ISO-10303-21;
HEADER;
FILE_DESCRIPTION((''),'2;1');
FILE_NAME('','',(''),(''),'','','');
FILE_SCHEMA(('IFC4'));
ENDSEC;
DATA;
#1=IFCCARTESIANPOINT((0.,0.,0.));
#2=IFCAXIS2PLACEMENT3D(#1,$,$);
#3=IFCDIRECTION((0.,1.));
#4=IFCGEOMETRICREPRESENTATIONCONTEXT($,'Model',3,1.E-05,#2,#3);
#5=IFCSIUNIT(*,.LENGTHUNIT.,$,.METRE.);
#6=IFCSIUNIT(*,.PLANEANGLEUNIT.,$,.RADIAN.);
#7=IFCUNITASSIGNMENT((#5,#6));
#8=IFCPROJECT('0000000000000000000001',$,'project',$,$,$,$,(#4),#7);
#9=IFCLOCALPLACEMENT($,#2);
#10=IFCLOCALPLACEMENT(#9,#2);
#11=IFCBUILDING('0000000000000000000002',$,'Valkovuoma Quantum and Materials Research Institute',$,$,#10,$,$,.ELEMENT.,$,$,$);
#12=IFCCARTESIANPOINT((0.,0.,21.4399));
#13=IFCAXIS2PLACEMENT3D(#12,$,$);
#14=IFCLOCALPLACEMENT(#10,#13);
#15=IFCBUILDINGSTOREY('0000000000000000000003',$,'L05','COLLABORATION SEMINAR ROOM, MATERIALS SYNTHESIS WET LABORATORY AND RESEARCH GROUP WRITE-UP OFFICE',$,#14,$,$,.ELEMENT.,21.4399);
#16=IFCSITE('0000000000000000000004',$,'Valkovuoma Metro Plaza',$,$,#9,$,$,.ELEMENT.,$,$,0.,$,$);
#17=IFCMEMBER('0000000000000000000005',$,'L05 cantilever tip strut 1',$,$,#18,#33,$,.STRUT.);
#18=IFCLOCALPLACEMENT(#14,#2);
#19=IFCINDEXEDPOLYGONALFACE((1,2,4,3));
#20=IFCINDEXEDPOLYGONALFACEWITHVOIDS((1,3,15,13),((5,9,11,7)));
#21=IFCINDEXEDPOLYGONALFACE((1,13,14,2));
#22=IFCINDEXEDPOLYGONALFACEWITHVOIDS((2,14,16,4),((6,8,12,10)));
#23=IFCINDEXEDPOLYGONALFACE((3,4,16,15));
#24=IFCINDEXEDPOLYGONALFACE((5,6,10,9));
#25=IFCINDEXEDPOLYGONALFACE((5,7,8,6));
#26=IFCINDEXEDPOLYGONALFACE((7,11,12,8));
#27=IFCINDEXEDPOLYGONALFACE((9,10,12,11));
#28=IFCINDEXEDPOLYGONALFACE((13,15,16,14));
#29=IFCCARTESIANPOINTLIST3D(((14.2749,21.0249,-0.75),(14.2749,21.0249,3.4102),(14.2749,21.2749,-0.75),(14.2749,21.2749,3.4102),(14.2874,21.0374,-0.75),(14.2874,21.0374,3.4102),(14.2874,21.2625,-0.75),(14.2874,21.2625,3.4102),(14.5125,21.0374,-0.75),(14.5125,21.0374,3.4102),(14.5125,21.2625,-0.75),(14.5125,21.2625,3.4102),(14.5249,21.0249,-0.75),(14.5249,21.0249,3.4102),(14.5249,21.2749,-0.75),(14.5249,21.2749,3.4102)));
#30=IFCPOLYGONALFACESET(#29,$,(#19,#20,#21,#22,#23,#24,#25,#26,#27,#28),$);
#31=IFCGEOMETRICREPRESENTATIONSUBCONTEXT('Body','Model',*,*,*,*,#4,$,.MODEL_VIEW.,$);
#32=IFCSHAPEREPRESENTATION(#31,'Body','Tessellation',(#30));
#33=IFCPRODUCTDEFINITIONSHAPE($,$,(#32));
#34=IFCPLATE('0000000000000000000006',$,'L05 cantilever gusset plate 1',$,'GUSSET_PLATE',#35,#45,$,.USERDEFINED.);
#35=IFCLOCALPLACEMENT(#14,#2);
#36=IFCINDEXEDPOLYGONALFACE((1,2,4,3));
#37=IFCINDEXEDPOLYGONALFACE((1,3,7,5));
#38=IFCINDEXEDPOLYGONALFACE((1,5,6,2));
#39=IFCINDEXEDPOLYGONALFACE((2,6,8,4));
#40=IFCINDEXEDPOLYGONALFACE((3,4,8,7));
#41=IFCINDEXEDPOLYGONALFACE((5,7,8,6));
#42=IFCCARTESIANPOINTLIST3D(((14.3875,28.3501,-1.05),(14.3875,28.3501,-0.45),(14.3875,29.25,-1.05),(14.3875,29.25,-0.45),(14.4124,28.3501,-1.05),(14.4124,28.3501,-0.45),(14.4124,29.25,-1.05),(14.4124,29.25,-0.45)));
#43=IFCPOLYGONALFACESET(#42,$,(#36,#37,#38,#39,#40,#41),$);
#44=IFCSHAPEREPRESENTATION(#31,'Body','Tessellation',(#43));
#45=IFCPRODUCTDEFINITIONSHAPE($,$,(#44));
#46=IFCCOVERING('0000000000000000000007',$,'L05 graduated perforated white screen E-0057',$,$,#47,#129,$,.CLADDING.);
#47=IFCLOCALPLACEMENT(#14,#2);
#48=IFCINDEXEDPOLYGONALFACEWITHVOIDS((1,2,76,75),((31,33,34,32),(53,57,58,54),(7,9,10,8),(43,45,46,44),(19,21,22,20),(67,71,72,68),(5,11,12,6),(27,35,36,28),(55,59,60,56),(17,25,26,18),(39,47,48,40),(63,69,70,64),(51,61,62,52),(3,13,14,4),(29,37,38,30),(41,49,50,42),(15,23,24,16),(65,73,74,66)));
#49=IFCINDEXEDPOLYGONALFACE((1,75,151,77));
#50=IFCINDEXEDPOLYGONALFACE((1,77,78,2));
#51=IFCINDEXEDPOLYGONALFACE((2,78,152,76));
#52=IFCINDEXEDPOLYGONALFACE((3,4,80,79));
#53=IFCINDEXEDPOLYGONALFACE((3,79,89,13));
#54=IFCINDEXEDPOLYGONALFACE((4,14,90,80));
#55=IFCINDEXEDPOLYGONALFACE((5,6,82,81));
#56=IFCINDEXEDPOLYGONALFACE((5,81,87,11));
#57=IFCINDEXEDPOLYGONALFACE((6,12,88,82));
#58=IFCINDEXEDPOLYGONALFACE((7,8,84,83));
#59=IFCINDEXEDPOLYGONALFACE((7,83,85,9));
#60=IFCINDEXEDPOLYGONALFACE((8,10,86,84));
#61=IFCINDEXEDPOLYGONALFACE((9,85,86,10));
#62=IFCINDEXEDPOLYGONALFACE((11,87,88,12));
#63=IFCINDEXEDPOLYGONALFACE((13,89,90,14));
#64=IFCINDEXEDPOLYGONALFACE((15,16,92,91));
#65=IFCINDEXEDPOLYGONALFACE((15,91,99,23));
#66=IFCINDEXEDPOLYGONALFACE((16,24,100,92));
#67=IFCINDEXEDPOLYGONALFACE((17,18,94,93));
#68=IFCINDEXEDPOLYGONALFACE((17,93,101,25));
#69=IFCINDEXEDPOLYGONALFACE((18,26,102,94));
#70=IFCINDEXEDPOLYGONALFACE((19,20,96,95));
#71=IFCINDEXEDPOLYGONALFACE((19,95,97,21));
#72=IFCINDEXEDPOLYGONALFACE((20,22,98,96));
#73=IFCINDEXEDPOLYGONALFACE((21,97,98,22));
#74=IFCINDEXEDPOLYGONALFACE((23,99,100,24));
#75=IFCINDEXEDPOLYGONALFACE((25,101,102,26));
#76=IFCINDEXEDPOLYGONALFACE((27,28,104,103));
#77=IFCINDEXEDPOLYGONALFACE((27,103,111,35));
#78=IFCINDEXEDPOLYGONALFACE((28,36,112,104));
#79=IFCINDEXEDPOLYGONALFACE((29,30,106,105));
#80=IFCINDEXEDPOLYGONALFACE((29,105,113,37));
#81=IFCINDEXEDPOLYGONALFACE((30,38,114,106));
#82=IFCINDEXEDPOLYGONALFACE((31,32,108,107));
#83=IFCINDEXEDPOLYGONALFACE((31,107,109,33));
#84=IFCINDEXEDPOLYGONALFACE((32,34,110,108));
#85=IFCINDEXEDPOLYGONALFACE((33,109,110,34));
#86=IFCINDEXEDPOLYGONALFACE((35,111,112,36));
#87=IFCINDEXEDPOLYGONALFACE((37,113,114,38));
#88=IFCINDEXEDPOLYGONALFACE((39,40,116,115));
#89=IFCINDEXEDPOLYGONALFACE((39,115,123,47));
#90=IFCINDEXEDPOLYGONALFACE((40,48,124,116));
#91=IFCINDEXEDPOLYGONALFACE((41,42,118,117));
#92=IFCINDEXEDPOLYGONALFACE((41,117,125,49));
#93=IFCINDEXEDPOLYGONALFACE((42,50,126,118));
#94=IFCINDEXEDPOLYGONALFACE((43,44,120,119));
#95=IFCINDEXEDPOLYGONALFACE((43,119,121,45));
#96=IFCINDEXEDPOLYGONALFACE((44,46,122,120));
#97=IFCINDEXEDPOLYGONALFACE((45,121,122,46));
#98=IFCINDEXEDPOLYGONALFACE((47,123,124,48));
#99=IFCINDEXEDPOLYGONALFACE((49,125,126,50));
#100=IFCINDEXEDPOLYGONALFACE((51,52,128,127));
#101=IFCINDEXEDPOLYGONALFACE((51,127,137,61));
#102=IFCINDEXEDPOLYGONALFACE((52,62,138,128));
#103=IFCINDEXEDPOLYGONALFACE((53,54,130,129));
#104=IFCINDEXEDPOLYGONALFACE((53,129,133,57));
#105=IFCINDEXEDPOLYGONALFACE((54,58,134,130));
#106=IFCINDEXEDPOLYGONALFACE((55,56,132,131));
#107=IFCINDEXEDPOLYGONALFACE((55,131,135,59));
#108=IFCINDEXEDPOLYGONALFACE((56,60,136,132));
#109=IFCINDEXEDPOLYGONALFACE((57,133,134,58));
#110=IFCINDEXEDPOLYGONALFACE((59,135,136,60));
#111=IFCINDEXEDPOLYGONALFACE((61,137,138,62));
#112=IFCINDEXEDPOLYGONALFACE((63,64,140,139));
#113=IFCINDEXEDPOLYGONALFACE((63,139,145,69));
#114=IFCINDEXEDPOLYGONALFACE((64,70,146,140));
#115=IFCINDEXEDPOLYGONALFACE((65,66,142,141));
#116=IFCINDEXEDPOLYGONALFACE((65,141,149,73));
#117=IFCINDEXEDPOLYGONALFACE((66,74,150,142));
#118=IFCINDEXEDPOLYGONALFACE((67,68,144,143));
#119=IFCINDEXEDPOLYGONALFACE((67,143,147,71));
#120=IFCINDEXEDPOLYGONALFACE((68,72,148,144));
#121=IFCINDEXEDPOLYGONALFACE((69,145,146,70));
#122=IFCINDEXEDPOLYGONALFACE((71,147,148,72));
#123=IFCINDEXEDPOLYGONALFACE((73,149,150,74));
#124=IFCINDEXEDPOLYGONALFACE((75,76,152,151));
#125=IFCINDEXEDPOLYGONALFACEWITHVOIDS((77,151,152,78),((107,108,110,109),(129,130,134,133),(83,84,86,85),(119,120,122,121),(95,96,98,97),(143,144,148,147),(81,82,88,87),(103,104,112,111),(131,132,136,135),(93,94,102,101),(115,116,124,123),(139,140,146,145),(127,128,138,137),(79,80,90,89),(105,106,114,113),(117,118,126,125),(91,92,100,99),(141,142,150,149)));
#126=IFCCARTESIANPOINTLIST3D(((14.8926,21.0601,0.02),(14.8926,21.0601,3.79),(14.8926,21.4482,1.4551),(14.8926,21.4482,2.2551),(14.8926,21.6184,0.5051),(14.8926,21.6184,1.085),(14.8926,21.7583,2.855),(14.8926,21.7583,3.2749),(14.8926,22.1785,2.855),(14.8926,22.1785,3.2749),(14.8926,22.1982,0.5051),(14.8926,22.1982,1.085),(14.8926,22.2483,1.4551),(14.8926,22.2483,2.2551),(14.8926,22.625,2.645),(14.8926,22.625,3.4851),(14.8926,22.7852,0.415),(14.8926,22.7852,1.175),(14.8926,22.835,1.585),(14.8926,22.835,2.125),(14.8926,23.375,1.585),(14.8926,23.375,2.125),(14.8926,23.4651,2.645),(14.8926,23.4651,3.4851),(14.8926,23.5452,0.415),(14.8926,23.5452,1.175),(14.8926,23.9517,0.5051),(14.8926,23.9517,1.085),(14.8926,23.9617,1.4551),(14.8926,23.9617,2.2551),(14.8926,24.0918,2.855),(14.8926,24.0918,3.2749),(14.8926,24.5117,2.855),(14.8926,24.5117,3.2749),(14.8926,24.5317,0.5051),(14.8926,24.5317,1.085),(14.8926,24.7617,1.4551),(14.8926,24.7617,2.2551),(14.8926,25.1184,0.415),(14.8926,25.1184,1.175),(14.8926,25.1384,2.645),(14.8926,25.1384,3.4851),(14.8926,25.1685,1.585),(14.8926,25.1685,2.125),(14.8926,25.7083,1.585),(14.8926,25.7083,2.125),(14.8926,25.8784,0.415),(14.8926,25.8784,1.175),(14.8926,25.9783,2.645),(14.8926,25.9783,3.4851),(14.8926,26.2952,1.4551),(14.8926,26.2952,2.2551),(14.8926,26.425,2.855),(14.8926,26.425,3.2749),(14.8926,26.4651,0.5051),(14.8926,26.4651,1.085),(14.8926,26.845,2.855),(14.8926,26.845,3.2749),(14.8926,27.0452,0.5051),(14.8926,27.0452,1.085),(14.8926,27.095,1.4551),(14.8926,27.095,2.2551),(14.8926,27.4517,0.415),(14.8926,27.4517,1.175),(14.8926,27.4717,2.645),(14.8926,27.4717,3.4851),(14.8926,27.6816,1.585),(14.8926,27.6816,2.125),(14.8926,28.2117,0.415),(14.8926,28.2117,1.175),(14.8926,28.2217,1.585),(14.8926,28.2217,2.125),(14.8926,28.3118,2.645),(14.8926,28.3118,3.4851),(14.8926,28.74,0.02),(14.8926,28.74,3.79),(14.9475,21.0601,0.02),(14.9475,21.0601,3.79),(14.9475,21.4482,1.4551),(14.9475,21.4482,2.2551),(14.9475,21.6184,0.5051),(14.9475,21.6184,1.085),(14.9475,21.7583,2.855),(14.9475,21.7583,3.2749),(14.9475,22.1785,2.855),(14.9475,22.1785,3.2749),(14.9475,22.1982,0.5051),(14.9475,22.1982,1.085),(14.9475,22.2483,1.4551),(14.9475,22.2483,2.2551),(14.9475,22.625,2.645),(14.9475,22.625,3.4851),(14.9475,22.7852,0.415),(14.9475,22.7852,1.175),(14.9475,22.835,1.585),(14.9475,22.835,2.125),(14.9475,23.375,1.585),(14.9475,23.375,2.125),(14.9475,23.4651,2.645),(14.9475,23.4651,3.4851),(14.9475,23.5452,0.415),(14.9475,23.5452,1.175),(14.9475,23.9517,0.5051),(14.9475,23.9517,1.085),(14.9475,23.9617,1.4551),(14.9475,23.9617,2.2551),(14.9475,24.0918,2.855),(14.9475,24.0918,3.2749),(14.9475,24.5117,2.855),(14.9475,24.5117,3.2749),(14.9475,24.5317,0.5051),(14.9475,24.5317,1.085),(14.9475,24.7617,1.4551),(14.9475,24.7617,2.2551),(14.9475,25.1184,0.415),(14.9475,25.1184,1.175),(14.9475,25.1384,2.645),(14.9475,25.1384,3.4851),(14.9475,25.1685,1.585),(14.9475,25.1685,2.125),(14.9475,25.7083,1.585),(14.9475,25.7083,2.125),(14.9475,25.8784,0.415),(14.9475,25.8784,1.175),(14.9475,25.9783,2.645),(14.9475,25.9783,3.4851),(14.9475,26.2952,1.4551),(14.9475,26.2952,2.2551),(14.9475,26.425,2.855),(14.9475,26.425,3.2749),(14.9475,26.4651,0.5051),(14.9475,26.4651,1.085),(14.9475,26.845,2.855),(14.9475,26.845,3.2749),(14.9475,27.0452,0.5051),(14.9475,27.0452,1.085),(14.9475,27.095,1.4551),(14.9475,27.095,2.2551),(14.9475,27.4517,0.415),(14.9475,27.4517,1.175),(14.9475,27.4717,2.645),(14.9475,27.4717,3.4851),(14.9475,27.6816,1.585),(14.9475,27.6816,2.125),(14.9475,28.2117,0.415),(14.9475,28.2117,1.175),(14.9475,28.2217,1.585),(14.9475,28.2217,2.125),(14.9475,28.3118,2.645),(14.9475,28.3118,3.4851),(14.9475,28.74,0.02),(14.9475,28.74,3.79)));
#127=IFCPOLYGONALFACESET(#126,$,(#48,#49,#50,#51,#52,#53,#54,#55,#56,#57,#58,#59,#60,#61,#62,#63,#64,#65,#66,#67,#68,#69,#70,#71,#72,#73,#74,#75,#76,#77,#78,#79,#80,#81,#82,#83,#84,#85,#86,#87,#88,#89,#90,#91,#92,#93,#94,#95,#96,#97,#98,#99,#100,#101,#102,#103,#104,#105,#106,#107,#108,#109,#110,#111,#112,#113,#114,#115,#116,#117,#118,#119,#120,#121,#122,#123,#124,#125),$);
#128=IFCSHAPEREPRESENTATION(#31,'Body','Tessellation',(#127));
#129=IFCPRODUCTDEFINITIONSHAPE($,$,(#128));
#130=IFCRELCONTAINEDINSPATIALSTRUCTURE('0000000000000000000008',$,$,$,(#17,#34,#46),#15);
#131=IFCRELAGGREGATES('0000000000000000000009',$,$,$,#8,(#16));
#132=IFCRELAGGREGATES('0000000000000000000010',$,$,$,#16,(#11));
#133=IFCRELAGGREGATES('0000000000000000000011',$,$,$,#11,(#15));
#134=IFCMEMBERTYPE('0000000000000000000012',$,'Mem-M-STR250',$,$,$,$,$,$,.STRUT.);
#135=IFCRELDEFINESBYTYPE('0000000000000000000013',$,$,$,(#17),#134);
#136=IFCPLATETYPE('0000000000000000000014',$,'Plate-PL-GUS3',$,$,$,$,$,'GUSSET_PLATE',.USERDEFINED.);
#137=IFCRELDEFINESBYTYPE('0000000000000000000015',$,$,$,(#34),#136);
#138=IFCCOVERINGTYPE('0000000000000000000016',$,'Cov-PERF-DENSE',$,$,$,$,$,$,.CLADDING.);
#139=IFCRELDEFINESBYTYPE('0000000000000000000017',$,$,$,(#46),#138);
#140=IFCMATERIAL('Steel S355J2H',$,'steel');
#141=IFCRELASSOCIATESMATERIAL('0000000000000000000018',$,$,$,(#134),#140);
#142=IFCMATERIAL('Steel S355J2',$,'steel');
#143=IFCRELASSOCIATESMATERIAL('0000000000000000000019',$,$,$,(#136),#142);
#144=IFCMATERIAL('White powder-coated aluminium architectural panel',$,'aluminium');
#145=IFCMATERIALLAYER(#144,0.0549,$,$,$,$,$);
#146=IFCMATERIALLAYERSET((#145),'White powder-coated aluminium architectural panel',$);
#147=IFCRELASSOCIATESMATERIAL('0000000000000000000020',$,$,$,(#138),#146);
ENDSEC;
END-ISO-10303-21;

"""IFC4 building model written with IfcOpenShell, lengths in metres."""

from ifc_helpers import new_model, si_unit, direction, frame, origin, origin_2d, place, context, subcontext, project, spatial, polyline, rectangle, hollow_rectangle, outline, extrude, material, layer, layer_set, material_profile, profile_set, type_object, element, save


model = new_model("IFC4")

# Units and contexts
model_context = context("Model", 3, precision=1e-05, world=origin(), true_north=direction((0.0, 1.0)))
body_context = subcontext(model_context, "Body", "Model", "MODEL_VIEW")
ifc_project = project(units=[si_unit("LENGTHUNIT", "METRE"), si_unit("PLANEANGLEUNIT", "RADIAN")], contexts=[model_context])

# Site, building, storey
site_placement = place(None, origin())
site = spatial("IfcSite", under=ifc_project, at=site_placement, Name="Valkovuoma Metro Plaza", CompositionType="ELEMENT", RefElevation=0.0)
building_placement = place(site_placement, origin())
building = spatial("IfcBuilding", under=site, at=building_placement, Name="Valkovuoma Quantum and Materials Research Institute", CompositionType="ELEMENT")
storey_placement = place(building_placement, frame((0.0, 0.0, 21.4399)))
storey = spatial("IfcBuildingStorey", under=building, at=storey_placement, Name="L05", Description="COLLABORATION SEMINAR ROOM, MATERIALS SYNTHESIS WET LABORATORY AND RESEARCH GROUP WRITE-UP OFFICE", CompositionType="ELEMENT", Elevation=21.4399)

# Member
ifc_material_1 = material(Name="Steel S355J2H", Category="steel")
ifc_material_profile_1 = material_profile(ifc_material_1, hollow_rectangle(XDim=0.25, YDim=0.25, WallThickness=0.0125, at=origin_2d()), Name="Steel S355J2H")
ifc_profile_set_1 = profile_set([ifc_material_profile_1], Name="Steel S355J2H")
member_type_1 = type_object("IfcMemberType", Name="Mem-M-STR250", PredefinedType="STRUT", material=ifc_profile_set_1)
member_1_placement = place(storey_placement, frame((14.3999, 21.1499, -0.75), z_axis=(0.0, 0.0, 1.0), x_axis=(1.0, 0.0, 0.0)))
element("IfcMember", 1, at=member_1_placement, inside=storey, type_object=member_type_1, Name="L05 cantilever tip strut 1", PredefinedType="STRUT", context=body_context, shape_type="SweptSolid", body=[
    extrude(hollow_rectangle(XDim=0.25, YDim=0.25, WallThickness=0.0125, at=origin_2d()), origin(), (0.0, 0.0, 1.0), 4.1602),
])

# Plate
ifc_material_2 = material(Name="Steel S355J2", Category="steel")
plate_type = type_object("IfcPlateType", Name="Plate-PL-GUS3", ElementType="GUSSET_PLATE", PredefinedType="USERDEFINED", material=ifc_material_2)
plate_placement = place(storey_placement, frame((14.3999, 28.8, -1.05), z_axis=(0.0, 0.0, 1.0), x_axis=(0.0, 1.0, 0.0)))
element("IfcPlate", 2, at=plate_placement, inside=storey, type_object=plate_type, Name="L05 cantilever gusset plate 1", ObjectType="GUSSET_PLATE", PredefinedType="USERDEFINED", context=body_context, shape_type="SweptSolid", body=[
    extrude(rectangle(XDim=0.8999, YDim=0.0249, at=origin_2d()), origin(), (0.0, 0.0, 1.0), 0.6001),
])

# Covering
ifc_material_3 = material(Name="White powder-coated aluminium architectural panel", Category="aluminium")
ifc_layer = layer(ifc_material_3, 0.0549)
ifc_layer_set = layer_set([ifc_layer], Name="White powder-coated aluminium architectural panel")
covering_type = type_object("IfcCoveringType", Name="Cov-PERF-DENSE", PredefinedType="CLADDING", material=ifc_layer_set)
covering_1_placement = place(storey_placement, frame((14.9199, 21.0601, 0.02), z_axis=(0.0, 0.0, 1.0), x_axis=(0.0, 1.0, 0.0)))
element("IfcCovering", 3, at=covering_1_placement, inside=storey, type_object=covering_type, Name="L05 graduated perforated white screen E-0057", PredefinedType="CLADDING", context=body_context, shape_type="SweptSolid", body=[
    extrude(outline(polyline([(0.0, 0.0), (7.6799, 0.0), (7.6799, 3.77), (0.0, 3.77), (0.0, 0.0)]), holes=[polyline([(0.5583, 0.4851), (0.5583, 1.0649), (1.1382, 1.0649), (1.1382, 0.4851), (0.5583, 0.4851)]), polyline([(0.3882, 1.4351), (0.3882, 2.2351), (1.1882, 2.2351), (1.1882, 1.4351), (0.3882, 1.4351)]), polyline([(0.6982, 2.835), (0.6982, 3.2549), (1.1184, 3.2549), (1.1184, 2.835), (0.6982, 2.835)]), polyline([(1.7251, 0.395), (1.7251, 1.155), (2.4851, 1.155), (2.4851, 0.395), (1.7251, 0.395)]), polyline([(1.7749, 1.5649), (1.7749, 2.105), (2.3149, 2.105), (2.3149, 1.5649), (1.7749, 1.5649)]), polyline([(1.5649, 2.625), (1.5649, 3.4651), (2.405, 3.4651), (2.405, 2.625), (1.5649, 2.625)]), polyline([(2.8916, 0.4851), (2.8916, 1.0649), (3.4717, 1.0649), (3.4717, 0.4851), (2.8916, 0.4851)]), polyline([(2.9016, 1.4351), (2.9016, 2.2351), (3.7017, 2.2351), (3.7017, 1.4351), (2.9016, 1.4351)]), polyline([(3.0317, 2.835), (3.0317, 3.2549), (3.4517, 3.2549), (3.4517, 2.835), (3.0317, 2.835)]), polyline([(4.0583, 0.395), (4.0583, 1.155), (4.8184, 1.155), (4.8184, 0.395), (4.0583, 0.395)]), polyline([(4.1084, 1.5649), (4.1084, 2.105), (4.6482, 2.105), (4.6482, 1.5649), (4.1084, 1.5649)]), polyline([(4.0784, 2.625), (4.0784, 3.4651), (4.9182, 3.4651), (4.9182, 2.625), (4.0784, 2.625)]), polyline([(5.405, 0.4851), (5.405, 1.0649), (5.9851, 1.0649), (5.9851, 0.4851), (5.405, 0.4851)]), polyline([(5.2351, 1.4351), (5.2351, 2.2351), (6.0349, 2.2351), (6.0349, 1.4351), (5.2351, 1.4351)]), polyline([(5.365, 2.835), (5.365, 3.2549), (5.7849, 3.2549), (5.7849, 2.835), (5.365, 2.835)]), polyline([(6.3916, 0.395), (6.3916, 1.155), (7.1516, 1.155), (7.1516, 0.395), (6.3916, 0.395)]), polyline([(6.6216, 1.5649), (6.6216, 2.105), (7.1616, 2.105), (7.1616, 1.5649), (6.6216, 1.5649)]), polyline([(6.4116, 2.625), (6.4116, 3.4651), (7.2517, 3.4651), (7.2517, 2.625), (6.4116, 2.625)])]), frame((0.0, 0.0273, 0.0), z_axis=(0.0, -1.0, 0.0), x_axis=(1.0, 0.0, 0.0)), (0.0, 0.0, 1.0), 0.0549),
])

save(model, "model.ifc")
